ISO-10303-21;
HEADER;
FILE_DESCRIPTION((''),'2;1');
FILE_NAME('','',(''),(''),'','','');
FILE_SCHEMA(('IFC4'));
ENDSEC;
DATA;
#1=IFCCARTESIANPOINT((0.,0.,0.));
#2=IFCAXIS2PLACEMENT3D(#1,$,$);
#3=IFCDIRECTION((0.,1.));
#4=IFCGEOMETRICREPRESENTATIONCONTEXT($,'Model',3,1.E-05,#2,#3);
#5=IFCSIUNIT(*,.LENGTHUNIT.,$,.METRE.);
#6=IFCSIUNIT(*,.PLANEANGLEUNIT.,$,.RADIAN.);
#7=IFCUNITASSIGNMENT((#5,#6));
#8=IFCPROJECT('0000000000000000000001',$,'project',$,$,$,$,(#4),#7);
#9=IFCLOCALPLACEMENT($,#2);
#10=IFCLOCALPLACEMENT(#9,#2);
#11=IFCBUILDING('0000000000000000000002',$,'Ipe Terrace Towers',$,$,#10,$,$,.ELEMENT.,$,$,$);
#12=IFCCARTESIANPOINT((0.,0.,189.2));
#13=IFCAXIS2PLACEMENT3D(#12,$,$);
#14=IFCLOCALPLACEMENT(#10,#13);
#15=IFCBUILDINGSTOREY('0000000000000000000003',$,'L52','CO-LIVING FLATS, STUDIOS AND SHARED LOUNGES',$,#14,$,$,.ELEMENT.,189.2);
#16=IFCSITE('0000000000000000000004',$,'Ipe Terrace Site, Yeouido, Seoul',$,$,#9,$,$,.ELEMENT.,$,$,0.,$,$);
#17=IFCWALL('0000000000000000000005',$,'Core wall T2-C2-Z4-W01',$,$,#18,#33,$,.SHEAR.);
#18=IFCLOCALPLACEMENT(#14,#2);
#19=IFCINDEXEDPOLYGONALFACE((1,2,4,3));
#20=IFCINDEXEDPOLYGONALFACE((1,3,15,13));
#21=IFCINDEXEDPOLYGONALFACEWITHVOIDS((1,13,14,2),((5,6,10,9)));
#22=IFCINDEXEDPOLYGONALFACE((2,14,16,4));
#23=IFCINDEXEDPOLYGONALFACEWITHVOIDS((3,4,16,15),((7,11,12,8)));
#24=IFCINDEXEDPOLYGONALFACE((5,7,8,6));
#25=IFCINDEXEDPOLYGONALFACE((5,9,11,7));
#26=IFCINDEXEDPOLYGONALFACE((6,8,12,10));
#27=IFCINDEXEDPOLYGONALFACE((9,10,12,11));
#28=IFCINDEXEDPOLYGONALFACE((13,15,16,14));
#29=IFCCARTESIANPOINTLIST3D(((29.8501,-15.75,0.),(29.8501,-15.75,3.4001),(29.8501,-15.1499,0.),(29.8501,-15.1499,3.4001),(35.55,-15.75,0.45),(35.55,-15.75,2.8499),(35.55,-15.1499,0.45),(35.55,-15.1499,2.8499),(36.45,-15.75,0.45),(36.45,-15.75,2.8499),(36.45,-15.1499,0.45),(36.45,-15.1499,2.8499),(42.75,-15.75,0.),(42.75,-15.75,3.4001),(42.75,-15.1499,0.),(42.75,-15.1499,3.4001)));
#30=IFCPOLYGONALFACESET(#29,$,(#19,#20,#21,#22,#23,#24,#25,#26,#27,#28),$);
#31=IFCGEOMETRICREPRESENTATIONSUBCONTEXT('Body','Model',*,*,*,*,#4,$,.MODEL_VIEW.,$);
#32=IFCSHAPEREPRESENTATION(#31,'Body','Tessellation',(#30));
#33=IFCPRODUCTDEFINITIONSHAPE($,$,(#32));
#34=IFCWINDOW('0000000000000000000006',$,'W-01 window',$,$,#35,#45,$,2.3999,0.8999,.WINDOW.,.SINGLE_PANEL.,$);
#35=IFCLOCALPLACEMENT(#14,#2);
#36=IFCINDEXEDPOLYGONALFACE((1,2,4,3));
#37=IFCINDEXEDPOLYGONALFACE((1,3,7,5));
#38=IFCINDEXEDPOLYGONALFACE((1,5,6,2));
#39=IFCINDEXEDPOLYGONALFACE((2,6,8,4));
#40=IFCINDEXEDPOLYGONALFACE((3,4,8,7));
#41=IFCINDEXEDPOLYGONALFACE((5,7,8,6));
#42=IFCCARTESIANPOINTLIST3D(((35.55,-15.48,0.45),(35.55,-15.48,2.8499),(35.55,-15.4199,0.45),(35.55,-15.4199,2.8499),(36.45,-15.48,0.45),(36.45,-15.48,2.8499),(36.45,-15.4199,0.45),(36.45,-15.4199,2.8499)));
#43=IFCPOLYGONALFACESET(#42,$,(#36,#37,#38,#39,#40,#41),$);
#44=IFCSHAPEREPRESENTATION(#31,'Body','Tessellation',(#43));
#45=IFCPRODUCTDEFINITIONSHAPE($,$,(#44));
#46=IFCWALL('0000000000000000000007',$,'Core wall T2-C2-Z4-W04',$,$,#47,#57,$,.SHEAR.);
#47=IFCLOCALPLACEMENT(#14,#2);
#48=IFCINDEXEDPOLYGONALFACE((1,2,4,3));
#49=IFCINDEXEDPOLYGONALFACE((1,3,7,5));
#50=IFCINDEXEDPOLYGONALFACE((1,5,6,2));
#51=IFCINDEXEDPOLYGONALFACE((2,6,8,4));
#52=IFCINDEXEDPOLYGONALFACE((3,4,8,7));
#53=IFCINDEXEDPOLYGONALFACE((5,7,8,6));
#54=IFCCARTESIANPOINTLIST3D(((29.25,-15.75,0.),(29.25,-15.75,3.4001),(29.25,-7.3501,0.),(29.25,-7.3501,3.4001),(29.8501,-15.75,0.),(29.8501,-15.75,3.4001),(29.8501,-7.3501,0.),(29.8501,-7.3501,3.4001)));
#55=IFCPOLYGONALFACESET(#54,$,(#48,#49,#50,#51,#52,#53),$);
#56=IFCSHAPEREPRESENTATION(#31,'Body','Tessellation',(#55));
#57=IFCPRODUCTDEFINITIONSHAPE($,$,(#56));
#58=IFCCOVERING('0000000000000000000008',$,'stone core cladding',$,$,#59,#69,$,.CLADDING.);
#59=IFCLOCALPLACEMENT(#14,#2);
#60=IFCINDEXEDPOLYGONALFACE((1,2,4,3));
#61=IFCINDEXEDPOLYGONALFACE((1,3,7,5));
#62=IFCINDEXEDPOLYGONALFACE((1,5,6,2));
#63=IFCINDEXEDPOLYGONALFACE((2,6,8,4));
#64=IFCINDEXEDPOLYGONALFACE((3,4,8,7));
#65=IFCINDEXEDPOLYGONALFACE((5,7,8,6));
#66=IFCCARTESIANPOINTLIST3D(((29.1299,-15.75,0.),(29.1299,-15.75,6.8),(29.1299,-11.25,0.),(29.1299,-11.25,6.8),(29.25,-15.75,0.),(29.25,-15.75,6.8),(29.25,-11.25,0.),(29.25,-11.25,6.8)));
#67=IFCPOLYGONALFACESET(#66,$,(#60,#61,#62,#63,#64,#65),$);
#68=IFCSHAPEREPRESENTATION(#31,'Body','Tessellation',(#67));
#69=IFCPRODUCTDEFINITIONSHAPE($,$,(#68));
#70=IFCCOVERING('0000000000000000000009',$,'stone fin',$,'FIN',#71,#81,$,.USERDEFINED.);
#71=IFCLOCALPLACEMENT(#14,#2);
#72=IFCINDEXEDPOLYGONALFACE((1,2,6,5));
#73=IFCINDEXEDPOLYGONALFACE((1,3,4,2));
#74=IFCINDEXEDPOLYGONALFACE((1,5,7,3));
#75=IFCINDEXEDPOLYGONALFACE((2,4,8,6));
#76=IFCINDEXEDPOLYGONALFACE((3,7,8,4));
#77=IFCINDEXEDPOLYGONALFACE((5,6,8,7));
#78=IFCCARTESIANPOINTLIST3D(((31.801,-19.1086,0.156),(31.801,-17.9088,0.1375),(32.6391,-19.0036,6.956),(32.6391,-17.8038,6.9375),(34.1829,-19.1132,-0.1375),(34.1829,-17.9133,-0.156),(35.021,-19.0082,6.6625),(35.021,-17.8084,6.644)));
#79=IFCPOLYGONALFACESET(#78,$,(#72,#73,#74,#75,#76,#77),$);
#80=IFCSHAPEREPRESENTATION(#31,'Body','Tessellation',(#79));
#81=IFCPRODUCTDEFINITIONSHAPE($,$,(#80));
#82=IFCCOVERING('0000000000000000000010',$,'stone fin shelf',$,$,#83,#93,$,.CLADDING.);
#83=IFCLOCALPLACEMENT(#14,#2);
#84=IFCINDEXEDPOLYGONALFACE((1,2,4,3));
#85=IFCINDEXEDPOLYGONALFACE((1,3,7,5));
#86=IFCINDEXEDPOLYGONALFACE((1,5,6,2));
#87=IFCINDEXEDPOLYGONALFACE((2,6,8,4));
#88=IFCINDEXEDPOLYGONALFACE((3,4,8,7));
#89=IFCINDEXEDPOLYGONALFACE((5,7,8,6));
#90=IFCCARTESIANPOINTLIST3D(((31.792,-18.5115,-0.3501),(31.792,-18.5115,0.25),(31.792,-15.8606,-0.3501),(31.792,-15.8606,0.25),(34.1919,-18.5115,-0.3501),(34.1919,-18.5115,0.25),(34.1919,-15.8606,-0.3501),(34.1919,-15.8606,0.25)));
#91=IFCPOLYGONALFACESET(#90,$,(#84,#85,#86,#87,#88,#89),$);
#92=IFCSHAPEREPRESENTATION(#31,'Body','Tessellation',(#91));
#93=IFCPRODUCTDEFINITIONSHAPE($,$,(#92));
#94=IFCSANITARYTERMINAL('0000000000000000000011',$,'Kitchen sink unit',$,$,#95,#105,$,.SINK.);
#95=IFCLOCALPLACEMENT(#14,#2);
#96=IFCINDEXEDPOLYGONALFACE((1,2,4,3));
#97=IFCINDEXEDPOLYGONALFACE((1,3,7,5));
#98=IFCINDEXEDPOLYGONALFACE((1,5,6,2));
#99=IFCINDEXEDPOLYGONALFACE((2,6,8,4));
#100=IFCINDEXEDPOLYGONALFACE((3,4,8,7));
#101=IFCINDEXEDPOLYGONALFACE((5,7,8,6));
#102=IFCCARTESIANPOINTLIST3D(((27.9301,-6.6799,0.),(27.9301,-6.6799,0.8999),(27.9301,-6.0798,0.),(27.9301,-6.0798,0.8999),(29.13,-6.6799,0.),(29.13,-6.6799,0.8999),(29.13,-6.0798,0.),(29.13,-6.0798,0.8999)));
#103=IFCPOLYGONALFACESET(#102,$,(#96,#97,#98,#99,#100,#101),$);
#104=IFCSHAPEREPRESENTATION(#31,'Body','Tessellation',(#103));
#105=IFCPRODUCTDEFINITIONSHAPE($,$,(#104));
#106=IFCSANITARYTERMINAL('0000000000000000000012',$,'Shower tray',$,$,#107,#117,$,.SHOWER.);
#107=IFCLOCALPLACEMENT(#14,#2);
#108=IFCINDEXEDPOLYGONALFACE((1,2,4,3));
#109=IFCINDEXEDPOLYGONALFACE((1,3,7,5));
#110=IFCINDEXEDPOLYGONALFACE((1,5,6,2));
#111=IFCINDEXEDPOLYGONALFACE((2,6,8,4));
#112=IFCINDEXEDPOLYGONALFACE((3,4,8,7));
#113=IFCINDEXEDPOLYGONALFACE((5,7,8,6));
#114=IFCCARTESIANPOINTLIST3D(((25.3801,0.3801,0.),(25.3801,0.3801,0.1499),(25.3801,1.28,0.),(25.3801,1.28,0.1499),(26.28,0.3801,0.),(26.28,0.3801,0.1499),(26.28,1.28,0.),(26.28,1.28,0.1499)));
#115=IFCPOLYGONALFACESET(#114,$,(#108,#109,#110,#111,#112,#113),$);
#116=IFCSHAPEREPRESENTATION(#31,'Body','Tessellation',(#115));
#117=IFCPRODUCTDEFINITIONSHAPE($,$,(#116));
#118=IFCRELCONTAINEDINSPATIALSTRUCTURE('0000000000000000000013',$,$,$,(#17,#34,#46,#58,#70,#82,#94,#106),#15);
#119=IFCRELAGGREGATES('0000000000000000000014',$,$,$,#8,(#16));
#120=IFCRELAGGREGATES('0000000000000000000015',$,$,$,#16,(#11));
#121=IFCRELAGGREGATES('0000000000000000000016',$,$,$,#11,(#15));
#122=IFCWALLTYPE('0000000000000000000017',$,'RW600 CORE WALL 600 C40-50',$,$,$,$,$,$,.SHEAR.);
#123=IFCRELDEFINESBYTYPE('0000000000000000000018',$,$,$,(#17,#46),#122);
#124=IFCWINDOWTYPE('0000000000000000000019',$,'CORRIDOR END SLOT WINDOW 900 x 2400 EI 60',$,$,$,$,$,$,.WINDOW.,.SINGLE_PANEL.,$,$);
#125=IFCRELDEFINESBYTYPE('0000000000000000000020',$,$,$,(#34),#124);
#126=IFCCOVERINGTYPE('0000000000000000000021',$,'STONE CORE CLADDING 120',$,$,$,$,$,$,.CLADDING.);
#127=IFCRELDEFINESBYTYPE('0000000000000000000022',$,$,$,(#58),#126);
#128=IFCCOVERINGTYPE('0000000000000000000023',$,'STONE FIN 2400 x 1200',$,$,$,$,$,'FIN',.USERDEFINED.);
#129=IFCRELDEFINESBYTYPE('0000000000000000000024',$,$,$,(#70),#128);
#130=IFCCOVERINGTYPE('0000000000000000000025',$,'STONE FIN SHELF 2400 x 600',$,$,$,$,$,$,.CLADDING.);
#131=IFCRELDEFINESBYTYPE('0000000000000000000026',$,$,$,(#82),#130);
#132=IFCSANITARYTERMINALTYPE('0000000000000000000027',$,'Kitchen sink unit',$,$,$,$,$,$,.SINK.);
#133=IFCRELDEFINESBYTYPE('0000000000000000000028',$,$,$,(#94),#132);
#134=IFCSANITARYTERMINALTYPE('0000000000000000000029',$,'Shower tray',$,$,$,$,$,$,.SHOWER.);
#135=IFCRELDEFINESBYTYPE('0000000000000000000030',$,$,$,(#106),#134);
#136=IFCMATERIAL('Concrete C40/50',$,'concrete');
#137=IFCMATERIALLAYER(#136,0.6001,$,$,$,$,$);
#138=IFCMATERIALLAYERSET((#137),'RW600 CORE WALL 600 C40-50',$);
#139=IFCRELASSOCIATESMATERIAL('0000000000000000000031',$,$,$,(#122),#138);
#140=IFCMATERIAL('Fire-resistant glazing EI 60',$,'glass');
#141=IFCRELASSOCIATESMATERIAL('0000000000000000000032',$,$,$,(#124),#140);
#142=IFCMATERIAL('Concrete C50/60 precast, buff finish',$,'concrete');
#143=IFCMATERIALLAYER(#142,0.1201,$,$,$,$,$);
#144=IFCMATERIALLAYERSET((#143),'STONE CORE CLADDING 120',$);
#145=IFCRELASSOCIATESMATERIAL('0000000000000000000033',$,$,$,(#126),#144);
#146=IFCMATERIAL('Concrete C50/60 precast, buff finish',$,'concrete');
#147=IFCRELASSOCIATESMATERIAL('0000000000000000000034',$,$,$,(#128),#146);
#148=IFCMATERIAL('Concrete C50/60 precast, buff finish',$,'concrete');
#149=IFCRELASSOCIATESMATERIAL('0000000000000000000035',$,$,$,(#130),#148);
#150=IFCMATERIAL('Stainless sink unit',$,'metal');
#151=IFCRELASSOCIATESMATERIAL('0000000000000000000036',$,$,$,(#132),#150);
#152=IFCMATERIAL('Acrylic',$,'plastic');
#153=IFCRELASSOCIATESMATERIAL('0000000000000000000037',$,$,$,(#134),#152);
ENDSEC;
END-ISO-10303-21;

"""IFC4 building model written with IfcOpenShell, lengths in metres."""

from ifc_helpers import new_model, si_unit, direction, frame, frame_2d, origin, origin_2d, place, context, subcontext, project, spatial, rectangle, extrude, material, layer, layer_set, material_profile, profile_set, type_object, element, fill, save


model = new_model("IFC4")

# Units and contexts
model_context = context("Model", 3, precision=1e-05, world=origin(), true_north=direction((0.0, 1.0)))
body_context = subcontext(model_context, "Body", "Model", "MODEL_VIEW")
ifc_project = project(units=[si_unit("LENGTHUNIT", "METRE"), si_unit("PLANEANGLEUNIT", "RADIAN")], contexts=[model_context])

# Site, building, storey
site_placement = place(None, origin())
site = spatial("IfcSite", under=ifc_project, at=site_placement, Name="Ipe Terrace Site, Yeouido, Seoul", CompositionType="ELEMENT", RefElevation=0.0)
building_placement = place(site_placement, origin())
building = spatial("IfcBuilding", under=site, at=building_placement, Name="Ipe Terrace Towers", CompositionType="ELEMENT")
storey_placement = place(building_placement, frame((0.0, 0.0, 189.2)))
storey = spatial("IfcBuildingStorey", under=building, at=storey_placement, Name="L52", Description="CO-LIVING FLATS, STUDIOS AND SHARED LOUNGES", CompositionType="ELEMENT", Elevation=189.2)

# Wall, opening, window
ifc_material_1 = material(Name="Concrete C40/50", Category="concrete")
ifc_layer_1 = layer(ifc_material_1, 0.6001)
ifc_layer_set_1 = layer_set([ifc_layer_1], Name="RW600 CORE WALL 600 C40-50")
wall_type_1 = type_object("IfcWallType", Name="RW600 CORE WALL 600 C40-50", PredefinedType="SHEAR", material=ifc_layer_set_1)
wall_1_placement = place(storey_placement, frame((29.8501, -15.45, 0.0), z_axis=(0.0, 0.0, 1.0), x_axis=(1.0, 0.0, 0.0)))
wall_1 = element("IfcWall", 1, at=wall_1_placement, inside=storey, type_object=wall_type_1, Name="Core wall T2-C2-Z4-W01", PredefinedType="SHEAR", context=body_context, shape_type="SweptSolid", body=[
    extrude(rectangle(XDim=12.8999, YDim=0.6001, at=frame_2d((6.45, 0.0))), origin(), (0.0, 0.0, 1.0), 3.4001),
])
opening_1_placement = place(wall_1_placement, frame((5.7, 0.0, 0.45)))
opening_1 = element("IfcOpeningElement", 2, at=opening_1_placement, cuts=wall_1, PredefinedType="OPENING", context=body_context, shape_type="SweptSolid", body=[
    extrude(rectangle(XDim=0.8999, YDim=2.3999, at=frame_2d((0.45, 1.2))), frame((0.0, 0.3101, 0.0), z_axis=(0.0, -1.0, 0.0), x_axis=(1.0, 0.0, 0.0)), (0.0, 0.0, 1.0), 0.6201),
])
ifc_material_2 = material(Name="Fire-resistant glazing EI 60", Category="glass")
window_type = type_object("IfcWindowType", Name="CORRIDOR END SLOT WINDOW 900 x 2400 EI 60", PartitioningType="SINGLE_PANEL", PredefinedType="WINDOW", material=ifc_material_2)
window_placement = place(opening_1_placement, origin())
window = element("IfcWindow", 3, at=window_placement, inside=storey, type_object=window_type, Name="W-01 window", OverallHeight=2.3999, OverallWidth=0.8999, PartitioningType="SINGLE_PANEL", PredefinedType="WINDOW", context=body_context, shape_type="SweptSolid", body=[
    extrude(rectangle(XDim=0.8999, YDim=2.3999, at=frame_2d((0.45, 1.2))), frame((0.0, 0.03, 0.0), z_axis=(0.0, -1.0, 0.0), x_axis=(1.0, 0.0, 0.0)), (0.0, 0.0, 1.0), 0.0601),
])
fill(opening_1, window)

# Wall
wall_2_placement = place(storey_placement, frame((29.55, -7.3501, 0.0), z_axis=(0.0, 0.0, 1.0), x_axis=(0.0, -1.0, 0.0)))
element("IfcWall", 4, at=wall_2_placement, inside=storey, type_object=wall_type_1, Name="Core wall T2-C2-Z4-W04", PredefinedType="SHEAR", context=body_context, shape_type="SweptSolid", body=[
    extrude(rectangle(XDim=8.3999, YDim=0.6001, at=frame_2d((4.2, 0.0))), origin(), (0.0, 0.0, 1.0), 3.4001),
])

# Coverings
ifc_material_3 = material(Name="Concrete C50/60 precast, buff finish", Category="concrete")
ifc_layer_2 = layer(ifc_material_3, 0.1201)
ifc_layer_set_2 = layer_set([ifc_layer_2], Name="STONE CORE CLADDING 120")
covering_type_1 = type_object("IfcCoveringType", Name="STONE CORE CLADDING 120", PredefinedType="CLADDING", material=ifc_layer_set_2)
covering_1_placement = place(storey_placement, frame((29.1899, -13.5, 0.0), z_axis=(0.0, 0.0, 1.0), x_axis=(0.0, -1.0, 0.0)))
element("IfcCovering", 5, at=covering_1_placement, inside=storey, type_object=covering_type_1, Name="stone core cladding", PredefinedType="CLADDING", context=body_context, shape_type="SweptSolid", body=[
    extrude(rectangle(XDim=4.5, YDim=0.1201, at=origin_2d()), origin(), (0.0, 0.0, 1.0), 6.8),
])
ifc_material_4 = material(Name="Concrete C50/60 precast, buff finish", Category="concrete")
ifc_material_profile_1 = material_profile(ifc_material_4, rectangle(XDim=2.3999, YDim=1.2, at=origin_2d()), Name="STONE FIN 2400 x 1200")
ifc_profile_set_1 = profile_set([ifc_material_profile_1], Name="Concrete C50/60 precast, buff finish")
covering_type_2 = type_object("IfcCoveringType", Name="STONE FIN 2400 x 1200", ElementType="FIN", PredefinedType="USERDEFINED", material=ifc_profile_set_1)
covering_2_placement = place(storey_placement, frame((32.9919, -18.511, 0.0), z_axis=(0.122314, 0.01532, 0.992373), x_axis=(0.992491, -0.001888, -0.1223)))
element("IfcCovering", 6, at=covering_2_placement, inside=storey, type_object=covering_type_2, Name="stone fin", ObjectType="FIN", PredefinedType="USERDEFINED", context=body_context, shape_type="SweptSolid", body=[
    extrude(rectangle(XDim=2.3999, YDim=1.2, at=origin_2d()), origin(), (0.0, 0.0, 1.0), 6.8523),
])
ifc_material_5 = material(Name="Concrete C50/60 precast, buff finish", Category="concrete")
covering_type_3 = type_object("IfcCoveringType", Name="STONE FIN SHELF 2400 x 600", PredefinedType="CLADDING", material=ifc_material_5)
covering_3_placement = place(storey_placement, frame((32.9919, -17.186, -0.3501), z_axis=(0.0, 0.0, 1.0), x_axis=(1.0, 0.0, 0.0)))
element("IfcCovering", 7, at=covering_3_placement, inside=storey, type_object=covering_type_3, Name="stone fin shelf", PredefinedType="CLADDING", context=body_context, shape_type="SweptSolid", body=[
    extrude(rectangle(XDim=2.3999, YDim=2.6509, at=origin_2d()), origin(), (0.0, 0.0, 1.0), 0.6001),
])

# Sanitary terminals
ifc_material_6 = material(Name="Stainless sink unit", Category="metal")
sanitary_terminal_type_1 = type_object("IfcSanitaryTerminalType", Name="Kitchen sink unit", PredefinedType="SINK", material=ifc_material_6)
sanitary_terminal_1_placement = place(storey_placement, frame((28.53, -6.3799, 0.0), z_axis=(0.0, 0.0, 1.0), x_axis=(-1.0, 0.0, 0.0)))
element("IfcSanitaryTerminal", 8, at=sanitary_terminal_1_placement, inside=storey, type_object=sanitary_terminal_type_1, Name="Kitchen sink unit", PredefinedType="SINK", context=body_context, shape_type="SweptSolid", body=[
    extrude(rectangle(XDim=1.2, YDim=0.6001, at=origin_2d()), origin(), (0.0, 0.0, 1.0), 0.8999),
])
ifc_material_7 = material(Name="Acrylic", Category="plastic")
sanitary_terminal_type_2 = type_object("IfcSanitaryTerminalType", Name="Shower tray", PredefinedType="SHOWER", material=ifc_material_7)
sanitary_terminal_2_placement = place(storey_placement, frame((25.8301, 0.8301, 0.0), z_axis=(0.0, 0.0, 1.0), x_axis=(0.0, -1.0, 0.0)))
element("IfcSanitaryTerminal", 9, at=sanitary_terminal_2_placement, inside=storey, type_object=sanitary_terminal_type_2, Name="Shower tray", PredefinedType="SHOWER", context=body_context, shape_type="SweptSolid", body=[
    extrude(rectangle(XDim=0.8999, YDim=0.8999, at=origin_2d()), origin(), (0.0, 0.0, 1.0), 0.1499),
])

save(model, "model.ifc")
